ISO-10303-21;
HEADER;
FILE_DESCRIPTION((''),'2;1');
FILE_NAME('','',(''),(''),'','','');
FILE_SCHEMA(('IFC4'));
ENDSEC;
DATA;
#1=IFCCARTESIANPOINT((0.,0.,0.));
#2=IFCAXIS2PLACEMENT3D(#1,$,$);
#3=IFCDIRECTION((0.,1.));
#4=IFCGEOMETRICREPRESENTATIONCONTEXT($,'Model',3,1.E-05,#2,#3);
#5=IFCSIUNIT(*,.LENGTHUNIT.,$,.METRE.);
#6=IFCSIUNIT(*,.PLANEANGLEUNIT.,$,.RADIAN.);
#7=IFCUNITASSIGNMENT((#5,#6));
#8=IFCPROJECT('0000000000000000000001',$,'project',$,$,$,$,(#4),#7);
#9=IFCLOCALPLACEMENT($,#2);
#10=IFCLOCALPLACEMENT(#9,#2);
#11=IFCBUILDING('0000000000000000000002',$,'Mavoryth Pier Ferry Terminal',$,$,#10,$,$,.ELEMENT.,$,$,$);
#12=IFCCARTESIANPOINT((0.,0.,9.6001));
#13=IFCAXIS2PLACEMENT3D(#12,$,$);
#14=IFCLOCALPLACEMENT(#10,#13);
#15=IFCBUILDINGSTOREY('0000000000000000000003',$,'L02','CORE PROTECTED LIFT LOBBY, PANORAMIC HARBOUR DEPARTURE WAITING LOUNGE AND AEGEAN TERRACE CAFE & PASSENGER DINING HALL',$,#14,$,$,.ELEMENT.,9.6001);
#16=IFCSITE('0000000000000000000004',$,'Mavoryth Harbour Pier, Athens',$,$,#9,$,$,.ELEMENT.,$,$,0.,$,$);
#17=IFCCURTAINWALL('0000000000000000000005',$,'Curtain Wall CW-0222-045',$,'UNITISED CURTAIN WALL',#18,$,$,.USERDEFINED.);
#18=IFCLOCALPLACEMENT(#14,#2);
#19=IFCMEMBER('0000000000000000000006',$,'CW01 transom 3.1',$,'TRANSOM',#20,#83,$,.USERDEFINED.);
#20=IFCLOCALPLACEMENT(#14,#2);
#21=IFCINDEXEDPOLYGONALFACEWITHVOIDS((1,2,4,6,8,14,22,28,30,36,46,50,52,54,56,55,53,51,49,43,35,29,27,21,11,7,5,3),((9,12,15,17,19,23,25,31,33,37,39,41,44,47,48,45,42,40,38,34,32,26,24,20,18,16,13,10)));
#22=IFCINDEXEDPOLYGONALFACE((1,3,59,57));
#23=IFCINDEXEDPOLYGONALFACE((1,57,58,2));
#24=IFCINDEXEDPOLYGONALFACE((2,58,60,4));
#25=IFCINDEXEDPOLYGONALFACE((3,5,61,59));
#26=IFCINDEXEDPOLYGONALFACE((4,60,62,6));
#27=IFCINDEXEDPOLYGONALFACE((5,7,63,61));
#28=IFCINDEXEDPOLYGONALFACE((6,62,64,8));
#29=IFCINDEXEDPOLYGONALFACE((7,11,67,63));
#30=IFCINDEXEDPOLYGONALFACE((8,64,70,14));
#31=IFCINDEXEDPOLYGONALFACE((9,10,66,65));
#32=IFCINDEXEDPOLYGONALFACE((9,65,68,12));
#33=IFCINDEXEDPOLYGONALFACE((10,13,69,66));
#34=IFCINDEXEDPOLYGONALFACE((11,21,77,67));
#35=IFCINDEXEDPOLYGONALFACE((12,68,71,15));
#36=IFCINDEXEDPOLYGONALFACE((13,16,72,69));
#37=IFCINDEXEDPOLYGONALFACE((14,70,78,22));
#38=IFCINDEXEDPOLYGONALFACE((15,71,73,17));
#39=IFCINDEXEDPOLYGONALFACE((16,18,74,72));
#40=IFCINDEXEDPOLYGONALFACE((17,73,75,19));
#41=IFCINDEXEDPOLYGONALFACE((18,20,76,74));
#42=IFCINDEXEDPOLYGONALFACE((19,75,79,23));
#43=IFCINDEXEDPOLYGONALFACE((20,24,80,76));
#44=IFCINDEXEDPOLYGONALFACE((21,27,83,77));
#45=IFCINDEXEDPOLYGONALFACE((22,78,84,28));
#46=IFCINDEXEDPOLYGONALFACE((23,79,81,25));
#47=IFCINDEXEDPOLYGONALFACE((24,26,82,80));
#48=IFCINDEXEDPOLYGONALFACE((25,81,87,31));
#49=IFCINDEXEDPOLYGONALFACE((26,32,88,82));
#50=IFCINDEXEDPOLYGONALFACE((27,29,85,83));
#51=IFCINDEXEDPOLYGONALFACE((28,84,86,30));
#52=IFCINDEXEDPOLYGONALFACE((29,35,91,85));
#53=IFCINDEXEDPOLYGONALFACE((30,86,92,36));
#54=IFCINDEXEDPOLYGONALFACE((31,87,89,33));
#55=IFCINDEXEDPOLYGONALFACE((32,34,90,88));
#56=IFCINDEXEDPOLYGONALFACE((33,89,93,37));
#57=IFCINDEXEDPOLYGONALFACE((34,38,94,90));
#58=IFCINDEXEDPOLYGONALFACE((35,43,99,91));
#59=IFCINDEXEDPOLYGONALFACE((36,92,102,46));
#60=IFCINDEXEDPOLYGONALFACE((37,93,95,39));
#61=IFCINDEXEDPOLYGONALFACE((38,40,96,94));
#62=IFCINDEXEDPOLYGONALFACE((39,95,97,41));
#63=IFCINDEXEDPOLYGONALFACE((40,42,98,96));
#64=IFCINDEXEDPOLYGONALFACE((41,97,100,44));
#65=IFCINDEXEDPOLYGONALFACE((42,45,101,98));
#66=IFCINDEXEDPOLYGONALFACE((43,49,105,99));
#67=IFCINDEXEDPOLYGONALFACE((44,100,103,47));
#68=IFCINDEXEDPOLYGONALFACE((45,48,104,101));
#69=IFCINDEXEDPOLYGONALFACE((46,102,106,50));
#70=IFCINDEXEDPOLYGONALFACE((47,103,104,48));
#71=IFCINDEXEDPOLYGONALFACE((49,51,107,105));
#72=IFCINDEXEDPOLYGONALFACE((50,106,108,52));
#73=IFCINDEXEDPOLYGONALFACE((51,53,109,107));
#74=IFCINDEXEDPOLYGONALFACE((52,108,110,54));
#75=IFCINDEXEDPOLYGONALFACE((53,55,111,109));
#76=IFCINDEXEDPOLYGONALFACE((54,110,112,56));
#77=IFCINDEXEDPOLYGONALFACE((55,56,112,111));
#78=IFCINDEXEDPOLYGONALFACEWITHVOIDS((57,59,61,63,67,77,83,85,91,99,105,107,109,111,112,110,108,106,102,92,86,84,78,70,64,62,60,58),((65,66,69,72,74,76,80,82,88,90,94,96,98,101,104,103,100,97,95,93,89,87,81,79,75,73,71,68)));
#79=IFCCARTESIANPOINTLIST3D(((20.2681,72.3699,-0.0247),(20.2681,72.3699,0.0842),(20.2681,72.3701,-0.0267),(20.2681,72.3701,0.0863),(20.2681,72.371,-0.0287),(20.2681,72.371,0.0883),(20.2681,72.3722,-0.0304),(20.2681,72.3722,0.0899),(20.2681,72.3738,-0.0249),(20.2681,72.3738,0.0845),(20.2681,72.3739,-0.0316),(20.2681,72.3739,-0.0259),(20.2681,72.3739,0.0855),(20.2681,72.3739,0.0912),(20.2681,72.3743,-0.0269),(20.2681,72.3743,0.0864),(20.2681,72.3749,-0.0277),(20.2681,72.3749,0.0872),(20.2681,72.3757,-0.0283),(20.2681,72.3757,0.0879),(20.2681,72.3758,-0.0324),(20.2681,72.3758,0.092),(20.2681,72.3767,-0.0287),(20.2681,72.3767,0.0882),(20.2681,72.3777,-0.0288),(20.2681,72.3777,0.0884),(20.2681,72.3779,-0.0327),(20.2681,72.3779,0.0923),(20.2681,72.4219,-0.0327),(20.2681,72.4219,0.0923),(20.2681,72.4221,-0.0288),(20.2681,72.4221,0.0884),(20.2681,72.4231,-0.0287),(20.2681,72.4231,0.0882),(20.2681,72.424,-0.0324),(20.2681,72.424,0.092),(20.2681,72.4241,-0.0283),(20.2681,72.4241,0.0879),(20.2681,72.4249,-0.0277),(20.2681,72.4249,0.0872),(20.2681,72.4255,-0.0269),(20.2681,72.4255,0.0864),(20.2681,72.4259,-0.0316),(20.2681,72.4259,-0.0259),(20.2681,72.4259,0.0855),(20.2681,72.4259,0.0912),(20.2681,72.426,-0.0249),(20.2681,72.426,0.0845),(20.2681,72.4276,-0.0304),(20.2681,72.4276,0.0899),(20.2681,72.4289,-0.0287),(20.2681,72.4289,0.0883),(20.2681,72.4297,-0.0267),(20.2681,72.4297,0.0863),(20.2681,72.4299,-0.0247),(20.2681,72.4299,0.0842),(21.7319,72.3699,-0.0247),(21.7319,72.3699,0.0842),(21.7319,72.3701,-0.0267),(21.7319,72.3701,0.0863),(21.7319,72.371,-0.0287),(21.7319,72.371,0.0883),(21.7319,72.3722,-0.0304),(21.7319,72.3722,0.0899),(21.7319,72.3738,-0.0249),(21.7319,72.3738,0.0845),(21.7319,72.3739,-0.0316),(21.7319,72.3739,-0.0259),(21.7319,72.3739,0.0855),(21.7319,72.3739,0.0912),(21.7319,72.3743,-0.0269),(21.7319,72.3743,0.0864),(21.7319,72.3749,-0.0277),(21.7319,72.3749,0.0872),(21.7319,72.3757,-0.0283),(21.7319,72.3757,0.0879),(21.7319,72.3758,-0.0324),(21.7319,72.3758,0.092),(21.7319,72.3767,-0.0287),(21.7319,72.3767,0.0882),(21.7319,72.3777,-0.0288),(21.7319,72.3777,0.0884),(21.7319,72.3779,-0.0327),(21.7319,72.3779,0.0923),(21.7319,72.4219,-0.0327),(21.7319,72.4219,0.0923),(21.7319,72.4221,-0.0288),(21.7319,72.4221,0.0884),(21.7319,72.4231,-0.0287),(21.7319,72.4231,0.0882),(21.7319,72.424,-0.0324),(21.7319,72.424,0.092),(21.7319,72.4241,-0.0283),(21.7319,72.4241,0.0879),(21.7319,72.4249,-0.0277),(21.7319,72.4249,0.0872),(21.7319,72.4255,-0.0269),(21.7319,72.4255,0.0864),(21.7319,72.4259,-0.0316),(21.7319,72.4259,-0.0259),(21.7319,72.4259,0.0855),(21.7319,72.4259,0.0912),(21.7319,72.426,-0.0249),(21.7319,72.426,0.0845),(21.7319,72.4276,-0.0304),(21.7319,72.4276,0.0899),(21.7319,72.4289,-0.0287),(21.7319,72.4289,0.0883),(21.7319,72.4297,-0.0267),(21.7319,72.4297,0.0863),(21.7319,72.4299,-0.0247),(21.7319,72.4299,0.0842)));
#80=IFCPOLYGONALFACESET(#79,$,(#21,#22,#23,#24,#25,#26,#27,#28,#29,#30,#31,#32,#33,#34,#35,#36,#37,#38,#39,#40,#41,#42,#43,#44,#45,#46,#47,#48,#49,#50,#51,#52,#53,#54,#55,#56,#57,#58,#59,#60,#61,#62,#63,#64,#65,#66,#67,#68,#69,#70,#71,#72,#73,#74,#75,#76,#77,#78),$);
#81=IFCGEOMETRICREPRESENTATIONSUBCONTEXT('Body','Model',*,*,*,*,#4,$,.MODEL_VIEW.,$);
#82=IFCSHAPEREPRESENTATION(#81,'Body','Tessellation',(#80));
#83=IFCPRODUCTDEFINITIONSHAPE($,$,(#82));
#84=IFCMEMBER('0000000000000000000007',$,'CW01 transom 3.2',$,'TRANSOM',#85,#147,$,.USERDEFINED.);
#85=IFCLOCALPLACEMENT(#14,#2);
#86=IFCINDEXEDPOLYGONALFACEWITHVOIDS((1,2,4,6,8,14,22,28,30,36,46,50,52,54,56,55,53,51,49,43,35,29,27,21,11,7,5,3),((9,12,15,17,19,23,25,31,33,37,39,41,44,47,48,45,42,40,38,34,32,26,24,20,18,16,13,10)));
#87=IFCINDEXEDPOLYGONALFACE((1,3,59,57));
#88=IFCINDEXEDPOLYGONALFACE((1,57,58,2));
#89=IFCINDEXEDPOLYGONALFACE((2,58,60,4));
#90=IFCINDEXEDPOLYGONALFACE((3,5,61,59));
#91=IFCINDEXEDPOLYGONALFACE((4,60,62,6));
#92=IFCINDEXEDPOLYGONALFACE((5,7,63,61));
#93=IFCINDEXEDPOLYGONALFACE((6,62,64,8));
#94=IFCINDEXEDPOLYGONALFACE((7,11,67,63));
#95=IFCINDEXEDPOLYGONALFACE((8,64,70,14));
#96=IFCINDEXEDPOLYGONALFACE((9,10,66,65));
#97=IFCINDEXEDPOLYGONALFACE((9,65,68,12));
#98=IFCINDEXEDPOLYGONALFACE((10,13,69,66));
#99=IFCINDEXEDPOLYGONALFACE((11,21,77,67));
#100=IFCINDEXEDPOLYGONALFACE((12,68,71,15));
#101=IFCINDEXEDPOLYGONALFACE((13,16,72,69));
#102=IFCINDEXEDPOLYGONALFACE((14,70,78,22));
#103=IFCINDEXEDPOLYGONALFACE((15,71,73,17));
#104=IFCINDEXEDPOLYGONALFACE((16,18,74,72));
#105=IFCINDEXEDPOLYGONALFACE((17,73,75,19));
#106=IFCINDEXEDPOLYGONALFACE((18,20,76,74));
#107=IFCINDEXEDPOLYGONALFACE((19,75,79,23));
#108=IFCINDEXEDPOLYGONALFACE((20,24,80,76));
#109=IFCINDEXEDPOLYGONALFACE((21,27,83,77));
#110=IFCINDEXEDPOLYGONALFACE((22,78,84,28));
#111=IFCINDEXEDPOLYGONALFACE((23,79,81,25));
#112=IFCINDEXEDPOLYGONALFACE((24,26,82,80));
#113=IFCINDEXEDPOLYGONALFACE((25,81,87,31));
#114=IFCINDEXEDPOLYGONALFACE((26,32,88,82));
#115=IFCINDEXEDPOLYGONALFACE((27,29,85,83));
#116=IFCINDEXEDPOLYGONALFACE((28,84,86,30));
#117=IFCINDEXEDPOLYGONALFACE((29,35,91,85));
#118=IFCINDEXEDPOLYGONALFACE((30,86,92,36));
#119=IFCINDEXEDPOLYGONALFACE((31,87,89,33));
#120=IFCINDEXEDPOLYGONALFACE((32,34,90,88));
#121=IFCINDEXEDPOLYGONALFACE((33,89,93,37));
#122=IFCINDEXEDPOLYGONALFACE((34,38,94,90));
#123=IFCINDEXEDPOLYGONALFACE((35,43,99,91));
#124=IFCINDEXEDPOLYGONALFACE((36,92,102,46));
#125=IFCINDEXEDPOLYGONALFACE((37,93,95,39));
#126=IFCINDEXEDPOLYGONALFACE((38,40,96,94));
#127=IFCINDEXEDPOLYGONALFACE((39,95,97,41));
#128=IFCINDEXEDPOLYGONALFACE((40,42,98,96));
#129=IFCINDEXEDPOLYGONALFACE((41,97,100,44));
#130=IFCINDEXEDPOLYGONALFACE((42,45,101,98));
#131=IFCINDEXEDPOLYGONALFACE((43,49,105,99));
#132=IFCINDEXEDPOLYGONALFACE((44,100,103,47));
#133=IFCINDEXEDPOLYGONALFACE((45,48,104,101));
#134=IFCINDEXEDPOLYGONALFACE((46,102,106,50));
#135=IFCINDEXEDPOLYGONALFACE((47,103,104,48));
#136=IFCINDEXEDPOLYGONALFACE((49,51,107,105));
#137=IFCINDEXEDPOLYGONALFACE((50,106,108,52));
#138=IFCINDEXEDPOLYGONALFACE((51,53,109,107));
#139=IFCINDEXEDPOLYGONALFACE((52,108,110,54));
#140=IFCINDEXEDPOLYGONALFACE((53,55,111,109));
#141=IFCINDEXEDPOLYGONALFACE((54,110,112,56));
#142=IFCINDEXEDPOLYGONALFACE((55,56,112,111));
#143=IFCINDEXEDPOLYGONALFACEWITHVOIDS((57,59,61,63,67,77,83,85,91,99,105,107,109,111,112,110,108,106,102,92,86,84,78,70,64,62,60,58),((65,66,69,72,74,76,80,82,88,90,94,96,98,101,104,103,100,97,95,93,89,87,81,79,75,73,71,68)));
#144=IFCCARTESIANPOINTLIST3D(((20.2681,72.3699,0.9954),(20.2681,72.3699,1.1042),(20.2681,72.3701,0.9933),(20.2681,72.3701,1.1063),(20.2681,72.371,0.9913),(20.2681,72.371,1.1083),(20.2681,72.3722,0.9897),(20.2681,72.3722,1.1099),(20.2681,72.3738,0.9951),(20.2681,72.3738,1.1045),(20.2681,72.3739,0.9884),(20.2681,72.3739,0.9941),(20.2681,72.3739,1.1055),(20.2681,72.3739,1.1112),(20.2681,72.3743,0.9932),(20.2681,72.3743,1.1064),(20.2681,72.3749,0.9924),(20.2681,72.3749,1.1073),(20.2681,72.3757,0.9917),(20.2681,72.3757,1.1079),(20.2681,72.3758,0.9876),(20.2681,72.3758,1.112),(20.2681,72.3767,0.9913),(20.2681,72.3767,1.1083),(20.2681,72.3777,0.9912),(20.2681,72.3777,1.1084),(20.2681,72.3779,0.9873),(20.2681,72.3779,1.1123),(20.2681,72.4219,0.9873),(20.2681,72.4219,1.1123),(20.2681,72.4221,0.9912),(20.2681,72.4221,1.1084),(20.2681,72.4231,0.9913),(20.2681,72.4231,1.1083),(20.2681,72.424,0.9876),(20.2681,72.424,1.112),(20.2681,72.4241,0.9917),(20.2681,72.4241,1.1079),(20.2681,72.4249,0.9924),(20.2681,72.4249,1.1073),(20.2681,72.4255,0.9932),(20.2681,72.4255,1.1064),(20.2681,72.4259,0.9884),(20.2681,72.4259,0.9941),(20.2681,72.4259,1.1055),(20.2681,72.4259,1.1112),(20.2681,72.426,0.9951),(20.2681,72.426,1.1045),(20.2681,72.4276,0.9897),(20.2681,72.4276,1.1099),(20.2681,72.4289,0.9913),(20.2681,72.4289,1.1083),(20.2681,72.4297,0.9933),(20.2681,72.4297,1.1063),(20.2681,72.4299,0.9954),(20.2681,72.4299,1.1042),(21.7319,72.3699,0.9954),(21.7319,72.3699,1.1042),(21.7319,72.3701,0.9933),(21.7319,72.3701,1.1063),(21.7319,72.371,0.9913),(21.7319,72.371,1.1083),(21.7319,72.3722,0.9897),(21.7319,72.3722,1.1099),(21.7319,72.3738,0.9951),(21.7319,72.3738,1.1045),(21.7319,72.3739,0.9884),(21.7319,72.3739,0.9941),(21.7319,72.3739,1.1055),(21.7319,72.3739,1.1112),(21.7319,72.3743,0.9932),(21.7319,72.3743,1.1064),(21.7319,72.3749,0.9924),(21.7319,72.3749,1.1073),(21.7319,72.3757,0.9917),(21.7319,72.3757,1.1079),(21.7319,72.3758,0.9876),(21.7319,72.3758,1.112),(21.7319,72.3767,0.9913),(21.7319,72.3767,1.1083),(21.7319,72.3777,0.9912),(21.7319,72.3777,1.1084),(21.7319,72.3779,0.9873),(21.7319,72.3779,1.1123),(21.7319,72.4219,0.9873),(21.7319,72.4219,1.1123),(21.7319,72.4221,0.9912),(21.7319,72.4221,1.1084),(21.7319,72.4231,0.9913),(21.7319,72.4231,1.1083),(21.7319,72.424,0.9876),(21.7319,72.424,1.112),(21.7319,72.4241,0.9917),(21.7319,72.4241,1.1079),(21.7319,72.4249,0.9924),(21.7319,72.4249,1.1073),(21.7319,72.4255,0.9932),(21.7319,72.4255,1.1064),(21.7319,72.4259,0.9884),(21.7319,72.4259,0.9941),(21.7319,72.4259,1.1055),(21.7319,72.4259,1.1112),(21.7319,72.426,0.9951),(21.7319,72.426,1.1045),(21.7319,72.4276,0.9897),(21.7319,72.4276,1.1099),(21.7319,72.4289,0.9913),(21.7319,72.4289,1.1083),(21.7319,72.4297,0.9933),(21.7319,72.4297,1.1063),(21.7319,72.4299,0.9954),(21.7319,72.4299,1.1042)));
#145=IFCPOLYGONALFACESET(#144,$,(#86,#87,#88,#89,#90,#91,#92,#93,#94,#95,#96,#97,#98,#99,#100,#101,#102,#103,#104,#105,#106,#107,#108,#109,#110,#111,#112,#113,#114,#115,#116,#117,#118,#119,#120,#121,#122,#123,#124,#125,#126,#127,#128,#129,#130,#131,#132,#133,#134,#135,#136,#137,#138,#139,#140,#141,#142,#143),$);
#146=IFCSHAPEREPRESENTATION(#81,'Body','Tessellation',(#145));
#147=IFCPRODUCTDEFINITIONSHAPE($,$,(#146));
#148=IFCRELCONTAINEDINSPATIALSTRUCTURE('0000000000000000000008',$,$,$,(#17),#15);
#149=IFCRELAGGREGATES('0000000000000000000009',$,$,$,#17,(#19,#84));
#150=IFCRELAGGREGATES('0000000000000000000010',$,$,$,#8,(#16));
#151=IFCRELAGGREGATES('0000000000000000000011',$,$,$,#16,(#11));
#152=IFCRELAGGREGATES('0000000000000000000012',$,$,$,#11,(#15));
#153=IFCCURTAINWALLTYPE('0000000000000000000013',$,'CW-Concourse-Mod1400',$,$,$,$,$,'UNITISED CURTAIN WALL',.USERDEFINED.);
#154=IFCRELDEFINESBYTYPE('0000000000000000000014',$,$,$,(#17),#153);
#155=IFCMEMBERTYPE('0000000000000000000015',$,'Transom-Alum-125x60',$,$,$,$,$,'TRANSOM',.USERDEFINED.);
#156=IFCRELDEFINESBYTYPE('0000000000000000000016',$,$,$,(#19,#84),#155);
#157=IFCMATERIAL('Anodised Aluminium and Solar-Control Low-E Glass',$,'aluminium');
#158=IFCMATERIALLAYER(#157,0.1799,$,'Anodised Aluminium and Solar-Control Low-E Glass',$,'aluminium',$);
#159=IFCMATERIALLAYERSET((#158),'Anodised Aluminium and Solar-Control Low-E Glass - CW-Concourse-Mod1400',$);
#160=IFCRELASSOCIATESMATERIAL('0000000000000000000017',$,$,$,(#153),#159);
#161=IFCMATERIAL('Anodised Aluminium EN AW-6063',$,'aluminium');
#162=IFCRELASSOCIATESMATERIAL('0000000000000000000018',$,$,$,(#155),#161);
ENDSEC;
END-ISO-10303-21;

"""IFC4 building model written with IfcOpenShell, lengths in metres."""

from ifc_helpers import new_model, si_unit, direction, frame, origin, origin_2d, place, context, subcontext, project, spatial, hollow_rectangle, extrude, material, layer, layer_set, material_profile, profile_set, type_object, element, aggregate, save


model = new_model("IFC4")

# Units and contexts
model_context = context("Model", 3, precision=1e-05, world=origin(), true_north=direction((0.0, 1.0)))
body_context = subcontext(model_context, "Body", "Model", "MODEL_VIEW")
ifc_project = project(units=[si_unit("LENGTHUNIT", "METRE"), si_unit("PLANEANGLEUNIT", "RADIAN")], contexts=[model_context])

# Site, building, storey
site_placement = place(None, origin())
site = spatial("IfcSite", under=ifc_project, at=site_placement, Name="Mavoryth Harbour Pier, Athens", CompositionType="ELEMENT", RefElevation=0.0)
building_placement = place(site_placement, origin())
building = spatial("IfcBuilding", under=site, at=building_placement, Name="Mavoryth Pier Ferry Terminal", CompositionType="ELEMENT")
storey_placement = place(building_placement, frame((0.0, 0.0, 9.6001)))
storey = spatial("IfcBuildingStorey", under=building, at=storey_placement, Name="L02", Description="CORE PROTECTED LIFT LOBBY, PANORAMIC HARBOUR DEPARTURE WAITING LOUNGE AND AEGEAN TERRACE CAFE & PASSENGER DINING HALL", CompositionType="ELEMENT", Elevation=9.6001)

# Curtain wall
ifc_material_1 = material(Name="Anodised Aluminium and Solar-Control Low-E Glass", Category="aluminium")
ifc_layer_1 = layer(ifc_material_1, 0.1799, Name="Anodised Aluminium and Solar-Control Low-E Glass", Category="aluminium")
ifc_layer_set_1 = layer_set([ifc_layer_1], Name="Anodised Aluminium and Solar-Control Low-E Glass - CW-Concourse-Mod1400")
curtain_wall_type = type_object("IfcCurtainWallType", Name="CW-Concourse-Mod1400", ElementType="UNITISED CURTAIN WALL", PredefinedType="USERDEFINED", material=ifc_layer_set_1)
curtain_wall_placement = place(storey_placement, origin())
curtain_wall = element("IfcCurtainWall", 1, at=curtain_wall_placement, inside=storey, type_object=curtain_wall_type, Name="Curtain Wall CW-0222-045", ObjectType="UNITISED CURTAIN WALL", PredefinedType="USERDEFINED")
ifc_material_2 = material(Name="Anodised Aluminium EN AW-6063", Category="aluminium")

# Members
ifc_material_profile_1 = material_profile(ifc_material_2, hollow_rectangle(XDim=0.0601, YDim=0.125, WallThickness=0.0039, InnerFilletRadius=0.0039, OuterFilletRadius=0.0081, at=origin_2d()), Name="AL-TRAN 125x60x4", Category="aluminium")
ifc_profile_set_1 = profile_set([ifc_material_profile_1], Name="Anodised Aluminium EN AW-6063 - AL-TRAN 125x60x4")
member_type_1 = type_object("IfcMemberType", Name="Transom-Alum-125x60", ElementType="TRANSOM", PredefinedType="USERDEFINED", material=ifc_profile_set_1)
member_1_placement = place(storey_placement, frame((20.2681, 72.3999, 0.0298), z_axis=(1.0, 0.0, 0.0), x_axis=(0.0, 1.0, 0.0)))
member_1 = element("IfcMember", 2, at=member_1_placement, type_object=member_type_1, Name="CW01 transom 3.1", ObjectType="TRANSOM", PredefinedType="USERDEFINED", context=body_context, shape_type="SweptSolid", body=[
    extrude(hollow_rectangle(XDim=0.0601, YDim=0.125, WallThickness=0.0039, InnerFilletRadius=0.0039, OuterFilletRadius=0.0081, at=origin_2d()), origin(), (0.0, 0.0, 1.0), 1.4639),
])
member_2_placement = place(storey_placement, frame((20.2681, 72.3999, 1.0498), z_axis=(1.0, 0.0, 0.0), x_axis=(0.0, 1.0, 0.0)))
member_2 = element("IfcMember", 3, at=member_2_placement, type_object=member_type_1, Name="CW01 transom 3.2", ObjectType="TRANSOM", PredefinedType="USERDEFINED", context=body_context, shape_type="SweptSolid", body=[
    extrude(hollow_rectangle(XDim=0.0601, YDim=0.125, WallThickness=0.0039, InnerFilletRadius=0.0039, OuterFilletRadius=0.0081, at=origin_2d()), origin(), (0.0, 0.0, 1.0), 1.4639),
])

aggregate(curtain_wall, [member_1, member_2])

save(model, "model.ifc")
